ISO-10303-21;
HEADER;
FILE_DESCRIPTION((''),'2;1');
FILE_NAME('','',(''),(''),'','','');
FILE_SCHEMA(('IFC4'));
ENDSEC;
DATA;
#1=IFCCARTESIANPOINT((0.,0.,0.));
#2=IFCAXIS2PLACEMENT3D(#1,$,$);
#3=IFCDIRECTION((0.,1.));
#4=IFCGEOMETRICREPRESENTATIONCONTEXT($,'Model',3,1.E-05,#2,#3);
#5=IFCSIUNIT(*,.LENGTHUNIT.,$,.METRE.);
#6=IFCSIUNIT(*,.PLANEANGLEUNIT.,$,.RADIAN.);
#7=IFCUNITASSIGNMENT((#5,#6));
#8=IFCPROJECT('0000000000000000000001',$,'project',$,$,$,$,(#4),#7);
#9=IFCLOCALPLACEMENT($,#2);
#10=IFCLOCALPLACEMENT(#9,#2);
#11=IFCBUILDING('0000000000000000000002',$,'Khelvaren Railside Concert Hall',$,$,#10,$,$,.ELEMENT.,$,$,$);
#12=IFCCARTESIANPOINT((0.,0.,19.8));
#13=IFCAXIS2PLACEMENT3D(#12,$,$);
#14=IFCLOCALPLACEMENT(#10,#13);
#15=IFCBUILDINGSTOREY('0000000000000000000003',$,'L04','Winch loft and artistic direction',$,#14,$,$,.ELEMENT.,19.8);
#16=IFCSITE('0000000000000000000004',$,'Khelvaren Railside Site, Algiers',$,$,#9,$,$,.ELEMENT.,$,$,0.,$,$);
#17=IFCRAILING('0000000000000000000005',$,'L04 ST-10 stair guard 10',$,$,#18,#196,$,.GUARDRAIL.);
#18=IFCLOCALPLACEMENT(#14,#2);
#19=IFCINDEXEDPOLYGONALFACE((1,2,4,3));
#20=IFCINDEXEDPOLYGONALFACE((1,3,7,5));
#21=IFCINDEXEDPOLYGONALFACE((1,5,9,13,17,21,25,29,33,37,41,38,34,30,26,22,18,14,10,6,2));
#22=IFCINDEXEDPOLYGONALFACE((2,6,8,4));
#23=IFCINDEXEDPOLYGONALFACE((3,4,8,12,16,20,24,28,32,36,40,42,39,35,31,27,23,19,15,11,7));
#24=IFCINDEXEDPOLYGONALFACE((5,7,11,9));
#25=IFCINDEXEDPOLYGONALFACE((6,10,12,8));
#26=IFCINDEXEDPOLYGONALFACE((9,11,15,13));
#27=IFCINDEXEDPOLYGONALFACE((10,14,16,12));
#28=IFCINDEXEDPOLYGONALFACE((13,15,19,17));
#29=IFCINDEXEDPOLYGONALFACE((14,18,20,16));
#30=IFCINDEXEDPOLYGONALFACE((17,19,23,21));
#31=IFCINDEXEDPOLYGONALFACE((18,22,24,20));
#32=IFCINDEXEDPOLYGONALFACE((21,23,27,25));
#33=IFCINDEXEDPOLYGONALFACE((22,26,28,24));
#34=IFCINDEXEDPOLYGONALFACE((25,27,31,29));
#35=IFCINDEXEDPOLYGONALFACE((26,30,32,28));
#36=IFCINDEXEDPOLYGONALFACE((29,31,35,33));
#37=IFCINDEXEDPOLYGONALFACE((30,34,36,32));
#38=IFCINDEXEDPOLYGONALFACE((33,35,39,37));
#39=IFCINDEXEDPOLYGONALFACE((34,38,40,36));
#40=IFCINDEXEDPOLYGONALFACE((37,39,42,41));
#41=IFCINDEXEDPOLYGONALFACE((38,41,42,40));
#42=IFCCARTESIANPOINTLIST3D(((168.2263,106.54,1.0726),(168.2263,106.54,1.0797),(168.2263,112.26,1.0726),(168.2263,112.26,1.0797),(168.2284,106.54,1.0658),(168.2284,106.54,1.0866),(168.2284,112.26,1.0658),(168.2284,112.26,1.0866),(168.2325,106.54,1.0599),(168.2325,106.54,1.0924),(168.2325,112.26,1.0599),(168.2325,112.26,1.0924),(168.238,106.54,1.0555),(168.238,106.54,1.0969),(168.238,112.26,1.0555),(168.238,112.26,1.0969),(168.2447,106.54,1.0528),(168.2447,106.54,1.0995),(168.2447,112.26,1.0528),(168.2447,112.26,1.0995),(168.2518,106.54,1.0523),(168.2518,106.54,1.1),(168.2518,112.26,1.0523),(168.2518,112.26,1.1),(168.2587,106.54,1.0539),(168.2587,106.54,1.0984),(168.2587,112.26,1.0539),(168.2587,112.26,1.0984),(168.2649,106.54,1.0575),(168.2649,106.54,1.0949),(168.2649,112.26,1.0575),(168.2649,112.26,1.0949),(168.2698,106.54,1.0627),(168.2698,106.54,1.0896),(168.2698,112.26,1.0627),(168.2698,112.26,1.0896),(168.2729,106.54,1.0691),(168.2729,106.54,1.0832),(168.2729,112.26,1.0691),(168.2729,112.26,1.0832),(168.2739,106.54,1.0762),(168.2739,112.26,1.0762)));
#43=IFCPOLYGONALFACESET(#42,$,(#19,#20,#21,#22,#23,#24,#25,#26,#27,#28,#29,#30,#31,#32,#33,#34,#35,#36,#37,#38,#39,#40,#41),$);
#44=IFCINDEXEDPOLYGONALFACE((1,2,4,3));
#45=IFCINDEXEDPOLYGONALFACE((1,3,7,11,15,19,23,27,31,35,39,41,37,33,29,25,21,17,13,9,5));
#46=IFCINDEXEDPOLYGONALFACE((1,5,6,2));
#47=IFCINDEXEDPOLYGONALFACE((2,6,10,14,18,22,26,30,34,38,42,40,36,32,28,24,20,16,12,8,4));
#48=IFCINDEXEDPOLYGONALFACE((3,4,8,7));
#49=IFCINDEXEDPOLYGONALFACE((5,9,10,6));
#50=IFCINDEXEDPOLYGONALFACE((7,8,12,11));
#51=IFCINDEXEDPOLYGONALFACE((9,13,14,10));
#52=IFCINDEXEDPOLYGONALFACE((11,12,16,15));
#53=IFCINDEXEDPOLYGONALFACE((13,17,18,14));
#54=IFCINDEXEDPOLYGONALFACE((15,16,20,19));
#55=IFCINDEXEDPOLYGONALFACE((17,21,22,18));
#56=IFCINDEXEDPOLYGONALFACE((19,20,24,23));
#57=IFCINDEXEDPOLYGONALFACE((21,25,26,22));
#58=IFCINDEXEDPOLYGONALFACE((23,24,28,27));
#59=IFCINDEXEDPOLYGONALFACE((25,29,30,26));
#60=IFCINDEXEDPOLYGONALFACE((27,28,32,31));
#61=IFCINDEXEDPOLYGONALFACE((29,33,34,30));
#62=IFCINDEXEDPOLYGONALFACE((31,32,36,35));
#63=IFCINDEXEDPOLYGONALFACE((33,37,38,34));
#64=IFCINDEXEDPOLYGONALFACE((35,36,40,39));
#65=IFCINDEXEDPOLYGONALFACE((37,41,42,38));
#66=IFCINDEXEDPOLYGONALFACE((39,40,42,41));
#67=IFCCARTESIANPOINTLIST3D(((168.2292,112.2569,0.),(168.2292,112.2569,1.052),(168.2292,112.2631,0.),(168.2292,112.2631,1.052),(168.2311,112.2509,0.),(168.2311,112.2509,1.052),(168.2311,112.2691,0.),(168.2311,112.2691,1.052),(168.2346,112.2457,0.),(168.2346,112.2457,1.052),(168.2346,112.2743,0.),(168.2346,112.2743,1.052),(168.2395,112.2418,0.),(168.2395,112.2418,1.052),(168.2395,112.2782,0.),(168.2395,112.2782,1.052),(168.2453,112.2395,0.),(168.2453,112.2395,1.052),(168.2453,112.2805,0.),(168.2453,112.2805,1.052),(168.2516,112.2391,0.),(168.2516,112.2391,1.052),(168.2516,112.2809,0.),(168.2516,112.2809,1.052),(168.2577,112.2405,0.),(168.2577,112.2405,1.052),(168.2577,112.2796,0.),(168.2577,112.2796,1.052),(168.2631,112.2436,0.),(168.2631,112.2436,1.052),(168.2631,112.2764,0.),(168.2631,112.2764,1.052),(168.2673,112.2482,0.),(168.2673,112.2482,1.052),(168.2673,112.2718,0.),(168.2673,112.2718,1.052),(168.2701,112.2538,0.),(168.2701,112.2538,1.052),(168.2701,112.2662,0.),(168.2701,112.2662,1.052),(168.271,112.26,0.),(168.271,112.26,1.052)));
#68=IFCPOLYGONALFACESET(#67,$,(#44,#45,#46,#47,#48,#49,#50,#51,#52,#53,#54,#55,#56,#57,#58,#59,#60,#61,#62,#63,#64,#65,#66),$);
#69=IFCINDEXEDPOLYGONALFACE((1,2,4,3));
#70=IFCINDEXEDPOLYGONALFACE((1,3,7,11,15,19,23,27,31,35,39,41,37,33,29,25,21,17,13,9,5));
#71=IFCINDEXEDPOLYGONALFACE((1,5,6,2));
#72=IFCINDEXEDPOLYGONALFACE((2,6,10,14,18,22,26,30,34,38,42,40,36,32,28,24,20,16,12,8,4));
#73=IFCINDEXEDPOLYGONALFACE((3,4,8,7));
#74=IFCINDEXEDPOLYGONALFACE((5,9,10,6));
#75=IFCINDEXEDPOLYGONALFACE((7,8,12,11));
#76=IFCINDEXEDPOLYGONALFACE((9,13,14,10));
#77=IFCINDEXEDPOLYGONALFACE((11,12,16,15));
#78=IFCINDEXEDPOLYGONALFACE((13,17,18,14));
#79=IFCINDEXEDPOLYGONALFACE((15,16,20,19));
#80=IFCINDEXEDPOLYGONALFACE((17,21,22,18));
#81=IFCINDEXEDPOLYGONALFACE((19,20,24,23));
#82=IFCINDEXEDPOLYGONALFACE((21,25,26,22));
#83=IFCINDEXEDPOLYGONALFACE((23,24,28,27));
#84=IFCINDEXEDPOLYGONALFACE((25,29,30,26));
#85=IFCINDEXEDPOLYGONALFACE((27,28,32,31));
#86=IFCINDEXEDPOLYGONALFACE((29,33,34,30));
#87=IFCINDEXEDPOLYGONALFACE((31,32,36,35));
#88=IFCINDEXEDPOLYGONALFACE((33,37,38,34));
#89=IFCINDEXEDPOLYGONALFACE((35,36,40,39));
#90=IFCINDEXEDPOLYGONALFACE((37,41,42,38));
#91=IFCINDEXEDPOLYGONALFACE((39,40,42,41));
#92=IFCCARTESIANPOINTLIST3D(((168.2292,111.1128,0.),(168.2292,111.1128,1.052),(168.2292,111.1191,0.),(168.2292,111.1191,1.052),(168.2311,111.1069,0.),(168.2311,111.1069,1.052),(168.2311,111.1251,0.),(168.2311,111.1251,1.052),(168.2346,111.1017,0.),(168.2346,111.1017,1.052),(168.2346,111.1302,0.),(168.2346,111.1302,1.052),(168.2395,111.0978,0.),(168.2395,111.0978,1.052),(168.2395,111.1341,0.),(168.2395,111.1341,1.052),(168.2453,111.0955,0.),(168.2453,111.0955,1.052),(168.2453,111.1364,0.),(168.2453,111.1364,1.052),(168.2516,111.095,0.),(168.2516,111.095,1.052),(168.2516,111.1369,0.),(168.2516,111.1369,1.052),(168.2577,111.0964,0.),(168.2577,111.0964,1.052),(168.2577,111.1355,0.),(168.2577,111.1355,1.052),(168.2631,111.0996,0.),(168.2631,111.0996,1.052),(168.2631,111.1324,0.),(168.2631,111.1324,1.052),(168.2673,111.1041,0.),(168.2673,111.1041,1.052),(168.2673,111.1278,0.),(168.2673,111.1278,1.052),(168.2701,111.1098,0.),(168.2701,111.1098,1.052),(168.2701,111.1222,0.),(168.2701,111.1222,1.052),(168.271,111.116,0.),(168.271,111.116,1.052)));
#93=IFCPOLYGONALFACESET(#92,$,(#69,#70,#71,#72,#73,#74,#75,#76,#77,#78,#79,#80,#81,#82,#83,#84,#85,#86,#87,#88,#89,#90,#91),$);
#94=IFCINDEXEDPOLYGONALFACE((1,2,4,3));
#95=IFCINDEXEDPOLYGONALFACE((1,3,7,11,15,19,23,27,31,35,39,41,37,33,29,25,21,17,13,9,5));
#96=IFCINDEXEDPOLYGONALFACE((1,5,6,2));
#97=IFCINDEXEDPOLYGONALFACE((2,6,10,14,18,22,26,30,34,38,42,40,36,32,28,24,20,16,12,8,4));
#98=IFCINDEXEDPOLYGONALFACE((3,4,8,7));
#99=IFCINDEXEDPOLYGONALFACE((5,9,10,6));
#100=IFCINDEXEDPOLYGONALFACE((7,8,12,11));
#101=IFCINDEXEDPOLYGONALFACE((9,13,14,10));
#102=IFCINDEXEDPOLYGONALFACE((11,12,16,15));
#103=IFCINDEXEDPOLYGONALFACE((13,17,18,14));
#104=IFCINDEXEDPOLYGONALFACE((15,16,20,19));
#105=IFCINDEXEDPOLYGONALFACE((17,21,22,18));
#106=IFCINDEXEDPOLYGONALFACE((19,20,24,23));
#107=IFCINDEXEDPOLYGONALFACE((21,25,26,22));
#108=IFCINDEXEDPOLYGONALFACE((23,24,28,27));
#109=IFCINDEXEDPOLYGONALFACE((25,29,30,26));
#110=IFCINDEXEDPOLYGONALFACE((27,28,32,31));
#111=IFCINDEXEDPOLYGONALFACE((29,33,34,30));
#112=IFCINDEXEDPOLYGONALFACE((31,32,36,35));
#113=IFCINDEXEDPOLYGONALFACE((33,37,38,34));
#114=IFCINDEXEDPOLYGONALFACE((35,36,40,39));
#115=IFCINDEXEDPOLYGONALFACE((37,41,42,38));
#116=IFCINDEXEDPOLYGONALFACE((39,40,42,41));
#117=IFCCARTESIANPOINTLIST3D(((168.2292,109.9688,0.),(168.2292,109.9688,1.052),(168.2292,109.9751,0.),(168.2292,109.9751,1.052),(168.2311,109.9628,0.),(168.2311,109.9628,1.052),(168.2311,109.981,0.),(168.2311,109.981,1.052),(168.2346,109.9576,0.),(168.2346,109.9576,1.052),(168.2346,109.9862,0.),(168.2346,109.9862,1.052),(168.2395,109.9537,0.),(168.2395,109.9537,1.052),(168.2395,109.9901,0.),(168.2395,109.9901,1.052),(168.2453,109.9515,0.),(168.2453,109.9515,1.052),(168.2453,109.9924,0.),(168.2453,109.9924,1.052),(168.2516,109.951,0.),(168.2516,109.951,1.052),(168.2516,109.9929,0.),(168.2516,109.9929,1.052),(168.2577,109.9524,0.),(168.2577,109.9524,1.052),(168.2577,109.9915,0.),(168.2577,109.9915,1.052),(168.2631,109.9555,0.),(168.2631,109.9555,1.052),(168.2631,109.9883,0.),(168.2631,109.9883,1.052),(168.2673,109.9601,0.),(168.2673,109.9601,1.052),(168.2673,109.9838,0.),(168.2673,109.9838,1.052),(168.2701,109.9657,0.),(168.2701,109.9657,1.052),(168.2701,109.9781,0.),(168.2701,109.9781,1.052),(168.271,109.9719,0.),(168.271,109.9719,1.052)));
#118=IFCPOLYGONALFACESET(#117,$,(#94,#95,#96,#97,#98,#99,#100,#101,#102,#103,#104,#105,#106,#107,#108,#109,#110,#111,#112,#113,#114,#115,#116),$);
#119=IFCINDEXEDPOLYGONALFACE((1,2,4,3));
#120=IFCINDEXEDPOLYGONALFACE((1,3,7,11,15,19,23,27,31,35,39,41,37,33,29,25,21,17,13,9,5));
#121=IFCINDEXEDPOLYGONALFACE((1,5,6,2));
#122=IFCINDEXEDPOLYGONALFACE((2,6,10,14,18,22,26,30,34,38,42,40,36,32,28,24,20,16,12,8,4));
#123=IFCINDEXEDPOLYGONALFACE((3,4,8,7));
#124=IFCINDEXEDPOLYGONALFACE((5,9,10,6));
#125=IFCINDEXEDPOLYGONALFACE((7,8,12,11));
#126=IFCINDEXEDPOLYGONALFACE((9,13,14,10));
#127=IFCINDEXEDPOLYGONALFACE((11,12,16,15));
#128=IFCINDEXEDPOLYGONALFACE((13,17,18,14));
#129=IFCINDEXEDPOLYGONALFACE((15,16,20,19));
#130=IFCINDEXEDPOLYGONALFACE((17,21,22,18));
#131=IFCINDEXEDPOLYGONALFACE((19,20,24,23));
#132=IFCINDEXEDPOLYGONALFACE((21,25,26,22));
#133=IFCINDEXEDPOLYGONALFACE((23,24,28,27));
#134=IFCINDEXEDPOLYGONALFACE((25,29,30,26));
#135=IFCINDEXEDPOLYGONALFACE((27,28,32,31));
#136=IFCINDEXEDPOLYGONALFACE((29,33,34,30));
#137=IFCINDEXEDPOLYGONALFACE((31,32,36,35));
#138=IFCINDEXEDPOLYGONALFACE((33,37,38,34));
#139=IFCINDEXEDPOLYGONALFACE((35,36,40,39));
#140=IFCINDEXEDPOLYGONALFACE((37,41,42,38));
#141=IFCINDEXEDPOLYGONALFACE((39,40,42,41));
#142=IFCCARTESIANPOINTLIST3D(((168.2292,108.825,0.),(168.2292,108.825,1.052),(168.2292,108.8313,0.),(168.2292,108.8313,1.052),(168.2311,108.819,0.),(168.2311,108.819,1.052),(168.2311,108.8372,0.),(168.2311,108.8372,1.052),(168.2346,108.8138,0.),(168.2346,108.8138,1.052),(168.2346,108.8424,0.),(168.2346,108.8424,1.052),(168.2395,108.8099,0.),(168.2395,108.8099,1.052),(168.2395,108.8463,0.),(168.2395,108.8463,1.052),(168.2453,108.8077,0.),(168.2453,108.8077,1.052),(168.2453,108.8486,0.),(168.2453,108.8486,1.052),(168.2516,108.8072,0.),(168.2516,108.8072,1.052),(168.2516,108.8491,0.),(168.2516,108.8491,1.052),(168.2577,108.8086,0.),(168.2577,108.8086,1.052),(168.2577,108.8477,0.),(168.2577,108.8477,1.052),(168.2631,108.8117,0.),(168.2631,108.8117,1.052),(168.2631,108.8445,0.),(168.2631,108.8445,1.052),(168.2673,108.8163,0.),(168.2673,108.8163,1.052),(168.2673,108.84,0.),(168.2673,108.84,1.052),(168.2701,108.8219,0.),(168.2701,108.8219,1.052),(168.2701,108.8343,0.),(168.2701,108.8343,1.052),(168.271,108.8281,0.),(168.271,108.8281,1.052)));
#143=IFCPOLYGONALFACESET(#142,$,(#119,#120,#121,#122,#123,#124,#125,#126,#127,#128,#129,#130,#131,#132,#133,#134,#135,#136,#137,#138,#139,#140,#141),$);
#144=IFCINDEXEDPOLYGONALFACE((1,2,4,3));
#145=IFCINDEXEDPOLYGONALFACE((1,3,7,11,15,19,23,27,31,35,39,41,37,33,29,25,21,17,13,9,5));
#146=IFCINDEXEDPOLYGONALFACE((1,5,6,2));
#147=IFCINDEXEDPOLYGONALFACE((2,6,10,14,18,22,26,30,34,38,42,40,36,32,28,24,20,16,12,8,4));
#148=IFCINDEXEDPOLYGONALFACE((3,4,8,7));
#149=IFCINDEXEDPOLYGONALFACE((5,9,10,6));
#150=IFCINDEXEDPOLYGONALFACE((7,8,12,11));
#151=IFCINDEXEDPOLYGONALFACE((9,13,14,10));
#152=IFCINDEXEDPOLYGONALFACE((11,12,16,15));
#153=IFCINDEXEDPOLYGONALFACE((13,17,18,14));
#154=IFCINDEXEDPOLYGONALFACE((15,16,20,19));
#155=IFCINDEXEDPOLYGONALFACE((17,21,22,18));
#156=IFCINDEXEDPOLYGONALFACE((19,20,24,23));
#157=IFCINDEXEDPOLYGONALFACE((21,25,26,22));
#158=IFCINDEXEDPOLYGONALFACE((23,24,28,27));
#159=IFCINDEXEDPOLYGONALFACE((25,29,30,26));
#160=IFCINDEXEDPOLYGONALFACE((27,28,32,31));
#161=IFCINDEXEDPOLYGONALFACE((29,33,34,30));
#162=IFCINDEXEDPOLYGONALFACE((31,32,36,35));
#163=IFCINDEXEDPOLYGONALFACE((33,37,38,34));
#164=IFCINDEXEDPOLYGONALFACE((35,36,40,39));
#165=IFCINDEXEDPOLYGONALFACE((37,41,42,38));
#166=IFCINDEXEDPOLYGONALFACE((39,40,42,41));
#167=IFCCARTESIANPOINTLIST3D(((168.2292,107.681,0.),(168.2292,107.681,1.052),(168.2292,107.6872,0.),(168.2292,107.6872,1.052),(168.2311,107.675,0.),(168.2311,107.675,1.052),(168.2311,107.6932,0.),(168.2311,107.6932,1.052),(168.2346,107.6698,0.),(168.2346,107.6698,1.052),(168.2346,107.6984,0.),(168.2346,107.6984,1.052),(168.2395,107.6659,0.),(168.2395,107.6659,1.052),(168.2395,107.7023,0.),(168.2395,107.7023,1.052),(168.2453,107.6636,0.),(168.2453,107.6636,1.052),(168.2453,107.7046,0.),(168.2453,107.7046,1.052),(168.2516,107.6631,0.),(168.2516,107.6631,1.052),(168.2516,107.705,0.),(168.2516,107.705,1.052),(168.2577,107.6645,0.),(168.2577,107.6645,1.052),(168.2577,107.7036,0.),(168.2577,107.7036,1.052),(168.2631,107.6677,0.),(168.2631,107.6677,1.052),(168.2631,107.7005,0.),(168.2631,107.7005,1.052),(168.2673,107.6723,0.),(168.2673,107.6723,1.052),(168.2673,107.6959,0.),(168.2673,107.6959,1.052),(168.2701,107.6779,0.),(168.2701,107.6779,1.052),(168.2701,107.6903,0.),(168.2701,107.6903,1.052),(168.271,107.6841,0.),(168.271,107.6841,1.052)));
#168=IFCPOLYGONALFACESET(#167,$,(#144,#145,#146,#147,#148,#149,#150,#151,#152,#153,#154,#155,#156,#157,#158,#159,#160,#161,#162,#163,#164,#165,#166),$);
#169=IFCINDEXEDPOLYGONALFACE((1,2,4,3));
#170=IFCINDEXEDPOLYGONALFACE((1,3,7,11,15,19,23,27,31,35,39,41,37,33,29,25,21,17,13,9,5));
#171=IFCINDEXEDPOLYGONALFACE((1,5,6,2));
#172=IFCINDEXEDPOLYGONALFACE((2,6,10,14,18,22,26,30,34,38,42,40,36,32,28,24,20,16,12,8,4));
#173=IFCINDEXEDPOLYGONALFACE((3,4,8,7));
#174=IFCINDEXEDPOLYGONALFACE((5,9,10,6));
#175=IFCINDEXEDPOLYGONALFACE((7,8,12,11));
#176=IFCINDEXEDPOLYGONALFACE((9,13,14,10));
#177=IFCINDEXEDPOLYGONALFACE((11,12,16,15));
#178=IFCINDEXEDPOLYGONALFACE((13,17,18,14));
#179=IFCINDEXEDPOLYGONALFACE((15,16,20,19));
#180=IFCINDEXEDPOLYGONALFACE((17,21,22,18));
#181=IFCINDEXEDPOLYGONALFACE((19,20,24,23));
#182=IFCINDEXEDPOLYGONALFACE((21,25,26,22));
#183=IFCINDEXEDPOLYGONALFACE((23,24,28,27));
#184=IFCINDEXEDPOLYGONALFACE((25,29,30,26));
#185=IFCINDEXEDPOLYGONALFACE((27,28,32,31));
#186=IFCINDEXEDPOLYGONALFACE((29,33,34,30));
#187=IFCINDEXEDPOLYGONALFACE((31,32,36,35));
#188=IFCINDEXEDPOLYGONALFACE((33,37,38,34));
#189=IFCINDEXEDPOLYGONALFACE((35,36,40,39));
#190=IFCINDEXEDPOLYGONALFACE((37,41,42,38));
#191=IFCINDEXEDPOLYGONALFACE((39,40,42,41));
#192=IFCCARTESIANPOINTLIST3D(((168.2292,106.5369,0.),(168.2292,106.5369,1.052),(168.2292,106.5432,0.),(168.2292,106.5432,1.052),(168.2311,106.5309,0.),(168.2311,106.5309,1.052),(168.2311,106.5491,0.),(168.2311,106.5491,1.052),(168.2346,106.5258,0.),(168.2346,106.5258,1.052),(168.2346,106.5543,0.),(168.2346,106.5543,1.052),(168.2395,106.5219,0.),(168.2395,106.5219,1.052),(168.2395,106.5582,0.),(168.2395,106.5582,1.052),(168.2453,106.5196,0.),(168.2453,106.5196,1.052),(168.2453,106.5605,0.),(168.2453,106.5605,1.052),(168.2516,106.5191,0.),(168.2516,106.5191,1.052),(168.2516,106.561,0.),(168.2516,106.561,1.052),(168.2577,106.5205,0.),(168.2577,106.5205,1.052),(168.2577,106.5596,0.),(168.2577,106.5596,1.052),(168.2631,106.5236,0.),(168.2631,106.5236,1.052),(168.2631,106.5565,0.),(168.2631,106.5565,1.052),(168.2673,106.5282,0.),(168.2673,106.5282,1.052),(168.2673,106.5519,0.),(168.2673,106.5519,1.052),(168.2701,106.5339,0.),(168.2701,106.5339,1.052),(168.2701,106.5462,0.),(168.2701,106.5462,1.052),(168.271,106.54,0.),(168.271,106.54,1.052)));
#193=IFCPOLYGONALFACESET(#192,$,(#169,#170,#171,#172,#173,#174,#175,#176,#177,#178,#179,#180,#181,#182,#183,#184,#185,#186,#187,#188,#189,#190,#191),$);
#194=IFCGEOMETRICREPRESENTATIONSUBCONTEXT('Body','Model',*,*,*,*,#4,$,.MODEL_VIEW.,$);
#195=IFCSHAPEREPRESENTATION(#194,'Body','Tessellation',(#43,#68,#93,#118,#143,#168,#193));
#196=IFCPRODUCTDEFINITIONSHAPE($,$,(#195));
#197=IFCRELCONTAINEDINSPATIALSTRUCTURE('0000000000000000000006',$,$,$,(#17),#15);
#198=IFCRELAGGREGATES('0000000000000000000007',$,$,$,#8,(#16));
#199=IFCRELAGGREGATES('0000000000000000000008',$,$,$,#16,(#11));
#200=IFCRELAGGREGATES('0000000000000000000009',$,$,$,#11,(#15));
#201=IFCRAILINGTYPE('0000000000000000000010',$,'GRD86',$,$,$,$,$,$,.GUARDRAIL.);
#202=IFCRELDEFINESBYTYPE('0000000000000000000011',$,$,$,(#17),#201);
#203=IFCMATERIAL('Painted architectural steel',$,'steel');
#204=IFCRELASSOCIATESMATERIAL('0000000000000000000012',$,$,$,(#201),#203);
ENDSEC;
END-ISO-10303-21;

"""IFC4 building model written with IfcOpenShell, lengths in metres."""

from ifc_helpers import new_model, si_unit, direction, frame, origin, origin_2d, place, context, subcontext, project, spatial, circle, extrude, material, type_object, element, save


model = new_model("IFC4")

# Units and contexts
model_context = context("Model", 3, precision=1e-05, world=origin(), true_north=direction((0.0, 1.0)))
body_context = subcontext(model_context, "Body", "Model", "MODEL_VIEW")
ifc_project = project(units=[si_unit("LENGTHUNIT", "METRE"), si_unit("PLANEANGLEUNIT", "RADIAN")], contexts=[model_context])

# Site, building, storey
site_placement = place(None, origin())
site = spatial("IfcSite", under=ifc_project, at=site_placement, Name="Khelvaren Railside Site, Algiers", CompositionType="ELEMENT", RefElevation=0.0)
building_placement = place(site_placement, origin())
building = spatial("IfcBuilding", under=site, at=building_placement, Name="Khelvaren Railside Concert Hall", CompositionType="ELEMENT")
storey_placement = place(building_placement, frame((0.0, 0.0, 19.8)))
storey = spatial("IfcBuildingStorey", under=building, at=storey_placement, Name="L04", Description="Winch loft and artistic direction", CompositionType="ELEMENT", Elevation=19.8)

# Railing
ifc_material_1 = material(Name="Painted architectural steel", Category="steel")
railing_type_1 = type_object("IfcRailingType", Name="GRD86", PredefinedType="GUARDRAIL", material=ifc_material_1)
railing_1_placement = place(storey_placement, frame((168.25, 112.26, 0.0)))
element("IfcRailing", 1, at=railing_1_placement, inside=storey, type_object=railing_type_1, Name="L04 ST-10 stair guard 10", PredefinedType="GUARDRAIL", context=body_context, shape_type="SweptSolid", body=[
    extrude(circle(Radius=0.0239, at=origin_2d()), frame((0.0, 0.0, 1.0762), z_axis=(0.0, -1.0, 0.0), x_axis=(1.0, 0.0, 0.0)), (0.0, 0.0, 1.0), 5.72),
    extrude(circle(Radius=0.021, at=origin_2d()), origin(), (0.0, 0.0, 1.0), 1.052),
    extrude(circle(Radius=0.021, at=origin_2d()), frame((0.0, -1.144, 0.0)), (0.0, 0.0, 1.0), 1.052),
    extrude(circle(Radius=0.021, at=origin_2d()), frame((0.0, -2.2881, 0.0)), (0.0, 0.0, 1.0), 1.052),
    extrude(circle(Radius=0.021, at=origin_2d()), frame((0.0, -3.4319, 0.0)), (0.0, 0.0, 1.0), 1.052),
    extrude(circle(Radius=0.021, at=origin_2d()), frame((0.0, -4.5759, 0.0)), (0.0, 0.0, 1.0), 1.052),
    extrude(circle(Radius=0.021, at=origin_2d()), frame((0.0, -5.72, 0.0)), (0.0, 0.0, 1.0), 1.052),
])

save(model, "model.ifc")
